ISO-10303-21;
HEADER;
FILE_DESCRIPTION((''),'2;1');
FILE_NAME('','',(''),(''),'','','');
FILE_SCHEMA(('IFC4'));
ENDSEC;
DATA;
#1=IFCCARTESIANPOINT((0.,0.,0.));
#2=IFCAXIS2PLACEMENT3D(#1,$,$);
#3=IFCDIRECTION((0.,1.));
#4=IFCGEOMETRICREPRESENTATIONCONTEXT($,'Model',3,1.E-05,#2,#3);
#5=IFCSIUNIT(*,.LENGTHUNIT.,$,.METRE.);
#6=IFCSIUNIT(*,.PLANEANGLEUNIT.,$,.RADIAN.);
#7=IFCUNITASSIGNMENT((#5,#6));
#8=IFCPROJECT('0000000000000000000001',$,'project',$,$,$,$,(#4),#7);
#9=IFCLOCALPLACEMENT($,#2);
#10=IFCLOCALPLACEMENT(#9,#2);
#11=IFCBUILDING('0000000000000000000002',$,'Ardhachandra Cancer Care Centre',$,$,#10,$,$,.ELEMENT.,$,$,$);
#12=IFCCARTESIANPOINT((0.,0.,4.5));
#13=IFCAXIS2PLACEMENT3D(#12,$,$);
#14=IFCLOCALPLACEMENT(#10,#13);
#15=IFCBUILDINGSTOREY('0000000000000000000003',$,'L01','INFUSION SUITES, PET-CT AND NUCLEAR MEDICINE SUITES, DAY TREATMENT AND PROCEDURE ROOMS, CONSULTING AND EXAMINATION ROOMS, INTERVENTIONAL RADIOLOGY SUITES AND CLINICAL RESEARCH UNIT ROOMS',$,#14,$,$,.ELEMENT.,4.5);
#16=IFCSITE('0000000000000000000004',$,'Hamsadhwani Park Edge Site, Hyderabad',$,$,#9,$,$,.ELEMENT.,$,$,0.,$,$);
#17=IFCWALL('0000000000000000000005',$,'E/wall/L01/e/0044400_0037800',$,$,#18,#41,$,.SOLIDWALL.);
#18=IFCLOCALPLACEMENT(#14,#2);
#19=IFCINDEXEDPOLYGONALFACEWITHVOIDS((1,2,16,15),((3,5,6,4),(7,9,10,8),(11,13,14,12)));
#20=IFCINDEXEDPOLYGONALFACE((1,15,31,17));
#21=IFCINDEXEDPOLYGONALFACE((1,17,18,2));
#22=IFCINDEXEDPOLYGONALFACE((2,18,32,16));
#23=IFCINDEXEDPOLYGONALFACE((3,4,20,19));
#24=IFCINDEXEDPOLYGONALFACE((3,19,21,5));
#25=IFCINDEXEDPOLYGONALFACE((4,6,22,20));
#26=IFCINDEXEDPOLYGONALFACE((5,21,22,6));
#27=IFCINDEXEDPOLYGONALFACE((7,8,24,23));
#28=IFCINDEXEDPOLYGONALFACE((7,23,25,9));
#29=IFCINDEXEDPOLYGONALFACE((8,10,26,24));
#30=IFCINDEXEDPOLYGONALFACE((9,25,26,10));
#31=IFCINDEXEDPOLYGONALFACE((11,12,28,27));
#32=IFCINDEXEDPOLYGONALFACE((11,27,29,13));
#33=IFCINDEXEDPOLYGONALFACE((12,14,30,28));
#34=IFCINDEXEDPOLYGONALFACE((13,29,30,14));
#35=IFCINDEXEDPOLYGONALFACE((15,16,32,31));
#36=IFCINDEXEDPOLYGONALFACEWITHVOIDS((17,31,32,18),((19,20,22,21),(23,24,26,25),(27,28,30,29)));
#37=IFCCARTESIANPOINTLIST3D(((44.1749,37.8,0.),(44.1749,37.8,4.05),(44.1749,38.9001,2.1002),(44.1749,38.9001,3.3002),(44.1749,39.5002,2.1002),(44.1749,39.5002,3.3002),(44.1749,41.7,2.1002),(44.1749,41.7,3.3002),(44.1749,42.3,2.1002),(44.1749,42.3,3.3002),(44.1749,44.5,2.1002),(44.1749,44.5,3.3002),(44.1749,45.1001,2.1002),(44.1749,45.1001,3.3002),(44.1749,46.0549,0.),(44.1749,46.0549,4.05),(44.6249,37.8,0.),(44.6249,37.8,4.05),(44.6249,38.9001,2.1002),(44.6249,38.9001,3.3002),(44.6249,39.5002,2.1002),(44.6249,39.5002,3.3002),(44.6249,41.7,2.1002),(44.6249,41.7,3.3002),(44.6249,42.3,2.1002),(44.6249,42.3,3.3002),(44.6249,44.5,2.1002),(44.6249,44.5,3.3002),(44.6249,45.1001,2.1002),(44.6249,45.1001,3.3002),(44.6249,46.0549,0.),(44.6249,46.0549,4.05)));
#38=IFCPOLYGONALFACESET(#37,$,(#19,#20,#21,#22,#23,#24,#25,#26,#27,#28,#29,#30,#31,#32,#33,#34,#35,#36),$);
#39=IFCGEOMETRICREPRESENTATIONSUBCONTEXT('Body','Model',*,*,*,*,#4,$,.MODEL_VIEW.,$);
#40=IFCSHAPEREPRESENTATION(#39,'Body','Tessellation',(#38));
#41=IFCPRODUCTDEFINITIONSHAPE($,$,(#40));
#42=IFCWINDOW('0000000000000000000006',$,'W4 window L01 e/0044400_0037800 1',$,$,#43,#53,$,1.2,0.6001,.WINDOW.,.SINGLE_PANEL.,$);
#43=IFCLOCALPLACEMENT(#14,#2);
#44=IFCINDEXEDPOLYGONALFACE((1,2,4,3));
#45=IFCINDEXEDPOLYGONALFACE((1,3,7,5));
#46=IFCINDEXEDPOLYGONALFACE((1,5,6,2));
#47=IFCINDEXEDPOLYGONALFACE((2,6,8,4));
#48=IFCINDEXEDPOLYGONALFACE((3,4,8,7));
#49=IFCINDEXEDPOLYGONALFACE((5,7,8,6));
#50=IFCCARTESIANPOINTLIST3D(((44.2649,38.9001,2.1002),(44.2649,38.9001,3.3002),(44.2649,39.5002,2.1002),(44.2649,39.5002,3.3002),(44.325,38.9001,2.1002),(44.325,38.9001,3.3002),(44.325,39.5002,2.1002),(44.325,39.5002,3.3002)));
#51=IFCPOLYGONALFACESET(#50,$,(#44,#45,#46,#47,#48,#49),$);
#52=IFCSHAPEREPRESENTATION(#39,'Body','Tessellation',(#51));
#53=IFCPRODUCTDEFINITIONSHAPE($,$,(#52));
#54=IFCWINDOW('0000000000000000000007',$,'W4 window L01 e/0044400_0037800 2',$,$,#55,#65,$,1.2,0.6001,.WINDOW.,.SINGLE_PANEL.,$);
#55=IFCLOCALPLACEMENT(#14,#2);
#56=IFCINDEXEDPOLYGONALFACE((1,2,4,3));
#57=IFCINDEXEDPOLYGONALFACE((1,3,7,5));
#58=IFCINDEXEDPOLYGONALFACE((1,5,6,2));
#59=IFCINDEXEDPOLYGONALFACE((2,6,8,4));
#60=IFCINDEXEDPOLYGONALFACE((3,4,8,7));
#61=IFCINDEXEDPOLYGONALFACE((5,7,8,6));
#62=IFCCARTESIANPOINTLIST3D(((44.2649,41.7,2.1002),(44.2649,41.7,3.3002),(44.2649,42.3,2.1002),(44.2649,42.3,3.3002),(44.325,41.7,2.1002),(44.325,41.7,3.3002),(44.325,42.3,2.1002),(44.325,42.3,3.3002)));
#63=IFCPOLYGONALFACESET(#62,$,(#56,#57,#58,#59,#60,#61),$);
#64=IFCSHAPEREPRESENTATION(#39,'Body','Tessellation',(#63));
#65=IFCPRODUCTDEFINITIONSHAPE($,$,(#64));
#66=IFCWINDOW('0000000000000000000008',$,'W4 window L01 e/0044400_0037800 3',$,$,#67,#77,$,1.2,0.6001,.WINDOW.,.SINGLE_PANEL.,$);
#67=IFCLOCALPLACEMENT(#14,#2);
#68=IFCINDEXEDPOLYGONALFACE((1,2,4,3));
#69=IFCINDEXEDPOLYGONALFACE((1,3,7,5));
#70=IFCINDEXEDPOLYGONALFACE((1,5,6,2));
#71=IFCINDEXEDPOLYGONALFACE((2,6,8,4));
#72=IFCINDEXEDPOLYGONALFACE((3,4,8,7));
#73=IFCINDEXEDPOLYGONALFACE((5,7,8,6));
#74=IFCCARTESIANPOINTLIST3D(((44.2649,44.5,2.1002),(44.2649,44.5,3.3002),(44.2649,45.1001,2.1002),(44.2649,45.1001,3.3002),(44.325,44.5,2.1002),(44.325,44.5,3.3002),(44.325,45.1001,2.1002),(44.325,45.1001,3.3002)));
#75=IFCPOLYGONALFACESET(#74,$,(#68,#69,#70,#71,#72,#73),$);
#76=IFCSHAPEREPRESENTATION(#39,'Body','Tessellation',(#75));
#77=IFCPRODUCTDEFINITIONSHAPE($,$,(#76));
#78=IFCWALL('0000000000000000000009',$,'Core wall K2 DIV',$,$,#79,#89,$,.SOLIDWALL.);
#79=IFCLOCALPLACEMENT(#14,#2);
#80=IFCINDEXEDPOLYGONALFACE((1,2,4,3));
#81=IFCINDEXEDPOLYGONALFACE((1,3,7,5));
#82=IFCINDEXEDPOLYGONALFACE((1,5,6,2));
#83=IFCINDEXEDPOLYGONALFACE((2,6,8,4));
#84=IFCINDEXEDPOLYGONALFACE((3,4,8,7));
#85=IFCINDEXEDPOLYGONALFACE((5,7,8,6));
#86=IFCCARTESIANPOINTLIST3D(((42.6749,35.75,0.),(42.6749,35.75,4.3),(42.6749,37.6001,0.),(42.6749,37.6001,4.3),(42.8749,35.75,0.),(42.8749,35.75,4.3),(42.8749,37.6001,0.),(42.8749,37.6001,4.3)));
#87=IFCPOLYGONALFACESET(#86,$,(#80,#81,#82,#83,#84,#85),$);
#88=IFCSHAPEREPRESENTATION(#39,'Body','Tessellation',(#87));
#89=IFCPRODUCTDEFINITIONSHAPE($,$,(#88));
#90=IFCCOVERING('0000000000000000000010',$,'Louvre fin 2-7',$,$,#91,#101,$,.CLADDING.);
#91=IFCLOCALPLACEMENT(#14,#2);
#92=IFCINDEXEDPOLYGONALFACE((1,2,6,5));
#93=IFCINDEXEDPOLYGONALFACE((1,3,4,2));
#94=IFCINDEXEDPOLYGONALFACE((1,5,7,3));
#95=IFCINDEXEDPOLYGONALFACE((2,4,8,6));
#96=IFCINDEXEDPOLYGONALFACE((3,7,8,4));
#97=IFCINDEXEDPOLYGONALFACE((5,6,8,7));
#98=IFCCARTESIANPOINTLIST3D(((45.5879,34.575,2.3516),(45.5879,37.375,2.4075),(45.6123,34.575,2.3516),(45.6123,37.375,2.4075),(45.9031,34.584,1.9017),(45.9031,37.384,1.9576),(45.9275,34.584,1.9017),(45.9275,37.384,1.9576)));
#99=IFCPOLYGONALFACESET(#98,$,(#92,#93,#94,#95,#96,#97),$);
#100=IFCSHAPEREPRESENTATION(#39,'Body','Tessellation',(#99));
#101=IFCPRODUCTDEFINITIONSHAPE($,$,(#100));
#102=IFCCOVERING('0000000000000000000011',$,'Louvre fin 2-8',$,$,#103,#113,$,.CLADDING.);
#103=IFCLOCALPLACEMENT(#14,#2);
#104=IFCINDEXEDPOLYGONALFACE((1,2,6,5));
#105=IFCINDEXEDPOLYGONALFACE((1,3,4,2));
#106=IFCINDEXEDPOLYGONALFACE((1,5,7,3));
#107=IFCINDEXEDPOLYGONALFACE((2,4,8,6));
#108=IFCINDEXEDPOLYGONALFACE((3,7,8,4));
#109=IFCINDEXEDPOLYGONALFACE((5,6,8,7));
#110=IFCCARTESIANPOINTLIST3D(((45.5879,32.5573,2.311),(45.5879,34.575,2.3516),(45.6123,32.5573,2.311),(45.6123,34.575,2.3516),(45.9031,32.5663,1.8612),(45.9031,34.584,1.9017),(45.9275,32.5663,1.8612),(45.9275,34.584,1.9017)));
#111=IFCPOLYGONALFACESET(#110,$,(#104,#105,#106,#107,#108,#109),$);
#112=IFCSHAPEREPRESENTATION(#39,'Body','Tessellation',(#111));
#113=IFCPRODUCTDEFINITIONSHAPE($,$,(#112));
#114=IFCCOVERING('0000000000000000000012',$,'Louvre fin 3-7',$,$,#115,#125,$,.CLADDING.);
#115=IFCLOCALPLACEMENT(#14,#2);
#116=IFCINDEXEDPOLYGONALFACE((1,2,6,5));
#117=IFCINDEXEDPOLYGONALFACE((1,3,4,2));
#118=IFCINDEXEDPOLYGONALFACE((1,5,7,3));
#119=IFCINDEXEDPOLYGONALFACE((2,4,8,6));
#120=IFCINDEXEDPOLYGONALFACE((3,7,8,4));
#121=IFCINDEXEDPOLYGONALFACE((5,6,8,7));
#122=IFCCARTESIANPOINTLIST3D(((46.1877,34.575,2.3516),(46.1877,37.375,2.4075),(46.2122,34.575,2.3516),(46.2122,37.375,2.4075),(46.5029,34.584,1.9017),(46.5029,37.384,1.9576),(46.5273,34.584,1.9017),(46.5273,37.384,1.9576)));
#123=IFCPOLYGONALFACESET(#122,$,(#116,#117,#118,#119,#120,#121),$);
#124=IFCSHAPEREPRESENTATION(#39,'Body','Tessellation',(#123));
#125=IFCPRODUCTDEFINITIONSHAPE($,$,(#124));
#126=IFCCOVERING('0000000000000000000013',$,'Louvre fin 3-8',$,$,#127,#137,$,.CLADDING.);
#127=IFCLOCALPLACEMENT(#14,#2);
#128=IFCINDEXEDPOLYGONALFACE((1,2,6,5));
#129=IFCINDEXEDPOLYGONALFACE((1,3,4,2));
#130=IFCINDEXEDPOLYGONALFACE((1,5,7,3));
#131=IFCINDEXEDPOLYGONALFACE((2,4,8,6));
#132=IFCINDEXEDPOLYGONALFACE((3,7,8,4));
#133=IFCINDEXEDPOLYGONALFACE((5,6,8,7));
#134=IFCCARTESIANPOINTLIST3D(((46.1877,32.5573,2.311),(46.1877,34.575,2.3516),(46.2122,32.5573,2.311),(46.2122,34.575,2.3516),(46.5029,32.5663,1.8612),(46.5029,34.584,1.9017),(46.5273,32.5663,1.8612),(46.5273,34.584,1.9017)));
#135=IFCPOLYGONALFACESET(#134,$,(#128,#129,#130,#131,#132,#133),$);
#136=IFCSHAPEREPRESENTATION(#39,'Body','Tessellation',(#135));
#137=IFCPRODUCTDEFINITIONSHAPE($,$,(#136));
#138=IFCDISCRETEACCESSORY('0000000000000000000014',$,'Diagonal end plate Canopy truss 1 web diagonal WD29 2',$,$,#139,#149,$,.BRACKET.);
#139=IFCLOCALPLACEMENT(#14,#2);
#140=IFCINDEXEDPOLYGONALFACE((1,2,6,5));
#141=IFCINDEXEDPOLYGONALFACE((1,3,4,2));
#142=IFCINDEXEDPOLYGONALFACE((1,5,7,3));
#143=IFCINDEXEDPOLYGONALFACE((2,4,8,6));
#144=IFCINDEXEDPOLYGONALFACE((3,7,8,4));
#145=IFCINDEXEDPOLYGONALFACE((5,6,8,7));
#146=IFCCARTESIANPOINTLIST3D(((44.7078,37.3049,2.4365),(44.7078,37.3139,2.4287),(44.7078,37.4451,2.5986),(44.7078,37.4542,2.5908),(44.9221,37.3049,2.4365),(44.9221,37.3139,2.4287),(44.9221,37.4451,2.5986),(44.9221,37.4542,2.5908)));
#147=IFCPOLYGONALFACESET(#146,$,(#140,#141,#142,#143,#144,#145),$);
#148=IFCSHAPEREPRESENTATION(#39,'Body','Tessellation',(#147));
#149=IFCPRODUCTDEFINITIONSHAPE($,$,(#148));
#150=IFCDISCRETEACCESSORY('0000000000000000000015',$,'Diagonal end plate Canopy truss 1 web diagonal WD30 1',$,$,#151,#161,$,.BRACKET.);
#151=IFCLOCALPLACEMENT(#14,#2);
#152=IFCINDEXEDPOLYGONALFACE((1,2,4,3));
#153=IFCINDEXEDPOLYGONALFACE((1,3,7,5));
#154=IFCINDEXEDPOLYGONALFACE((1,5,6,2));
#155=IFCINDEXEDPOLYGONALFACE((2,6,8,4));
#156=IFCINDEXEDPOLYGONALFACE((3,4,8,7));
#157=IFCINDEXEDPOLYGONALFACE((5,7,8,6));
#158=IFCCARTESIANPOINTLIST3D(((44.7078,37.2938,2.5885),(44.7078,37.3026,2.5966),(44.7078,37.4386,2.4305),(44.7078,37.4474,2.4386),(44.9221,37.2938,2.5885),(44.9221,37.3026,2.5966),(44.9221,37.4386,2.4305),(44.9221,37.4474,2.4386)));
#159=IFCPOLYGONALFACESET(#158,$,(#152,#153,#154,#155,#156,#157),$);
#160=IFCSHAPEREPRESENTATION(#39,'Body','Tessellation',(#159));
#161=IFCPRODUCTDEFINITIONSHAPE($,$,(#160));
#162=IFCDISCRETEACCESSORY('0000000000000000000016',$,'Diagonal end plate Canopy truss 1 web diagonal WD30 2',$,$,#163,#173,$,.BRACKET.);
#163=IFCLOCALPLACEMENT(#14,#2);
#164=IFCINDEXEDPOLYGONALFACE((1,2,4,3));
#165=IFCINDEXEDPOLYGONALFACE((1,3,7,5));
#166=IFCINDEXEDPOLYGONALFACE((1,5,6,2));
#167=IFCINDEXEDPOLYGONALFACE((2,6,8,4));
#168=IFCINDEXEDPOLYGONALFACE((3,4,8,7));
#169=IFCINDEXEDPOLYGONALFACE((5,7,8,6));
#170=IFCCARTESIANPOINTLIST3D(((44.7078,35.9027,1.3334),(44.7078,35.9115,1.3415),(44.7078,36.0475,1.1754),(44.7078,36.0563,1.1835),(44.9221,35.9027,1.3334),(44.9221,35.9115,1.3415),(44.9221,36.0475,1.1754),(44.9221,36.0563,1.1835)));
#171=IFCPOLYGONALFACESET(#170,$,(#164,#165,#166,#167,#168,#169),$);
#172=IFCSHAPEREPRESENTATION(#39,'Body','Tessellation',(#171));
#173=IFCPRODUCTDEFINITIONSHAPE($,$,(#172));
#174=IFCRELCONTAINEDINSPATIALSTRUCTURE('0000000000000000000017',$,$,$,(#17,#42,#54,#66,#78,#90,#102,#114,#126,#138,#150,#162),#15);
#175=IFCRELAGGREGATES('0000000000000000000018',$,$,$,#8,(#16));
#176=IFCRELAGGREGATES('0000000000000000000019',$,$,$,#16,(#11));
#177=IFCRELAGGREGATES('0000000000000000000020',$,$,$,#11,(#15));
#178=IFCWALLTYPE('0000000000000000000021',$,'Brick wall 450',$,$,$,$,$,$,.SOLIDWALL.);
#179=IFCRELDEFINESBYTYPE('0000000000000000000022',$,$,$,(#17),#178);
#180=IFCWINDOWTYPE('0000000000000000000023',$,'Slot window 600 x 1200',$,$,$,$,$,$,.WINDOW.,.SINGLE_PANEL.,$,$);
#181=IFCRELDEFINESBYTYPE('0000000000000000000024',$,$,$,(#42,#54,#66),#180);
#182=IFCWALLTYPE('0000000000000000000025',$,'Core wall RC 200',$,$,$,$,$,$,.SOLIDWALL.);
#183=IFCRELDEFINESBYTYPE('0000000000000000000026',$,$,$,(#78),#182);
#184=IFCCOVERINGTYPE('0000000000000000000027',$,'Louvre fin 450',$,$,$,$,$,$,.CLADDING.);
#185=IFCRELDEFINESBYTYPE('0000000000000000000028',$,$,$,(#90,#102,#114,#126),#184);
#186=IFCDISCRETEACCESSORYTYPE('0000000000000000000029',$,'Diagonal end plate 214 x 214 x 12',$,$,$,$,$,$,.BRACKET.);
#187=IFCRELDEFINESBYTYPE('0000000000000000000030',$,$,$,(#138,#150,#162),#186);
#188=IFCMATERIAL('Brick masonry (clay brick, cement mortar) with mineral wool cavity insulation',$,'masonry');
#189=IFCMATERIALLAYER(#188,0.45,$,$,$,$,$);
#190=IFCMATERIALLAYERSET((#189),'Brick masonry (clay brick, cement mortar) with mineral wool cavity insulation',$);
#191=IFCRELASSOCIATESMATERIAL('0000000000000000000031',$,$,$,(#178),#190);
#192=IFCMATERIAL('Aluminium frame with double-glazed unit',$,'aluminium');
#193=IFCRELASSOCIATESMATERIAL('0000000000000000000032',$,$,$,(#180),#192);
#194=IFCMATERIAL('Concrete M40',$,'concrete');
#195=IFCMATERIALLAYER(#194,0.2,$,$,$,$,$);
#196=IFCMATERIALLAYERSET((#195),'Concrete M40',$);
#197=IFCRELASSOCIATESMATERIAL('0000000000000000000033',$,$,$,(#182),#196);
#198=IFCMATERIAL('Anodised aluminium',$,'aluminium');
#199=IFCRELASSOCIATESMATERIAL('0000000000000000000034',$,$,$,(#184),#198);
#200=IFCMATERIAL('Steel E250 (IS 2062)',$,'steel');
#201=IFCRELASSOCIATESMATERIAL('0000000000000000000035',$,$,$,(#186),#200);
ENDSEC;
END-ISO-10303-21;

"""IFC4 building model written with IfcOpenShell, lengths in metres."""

from ifc_helpers import new_model, si_unit, direction, frame, frame_2d, origin, origin_2d, place, context, subcontext, project, spatial, polyline, rectangle, outline, extrude, material, layer, layer_set, material_profile, profile_set, type_object, element, fill, save


model = new_model("IFC4")

# Units and contexts
model_context = context("Model", 3, precision=1e-05, world=origin(), true_north=direction((0.0, 1.0)))
body_context = subcontext(model_context, "Body", "Model", "MODEL_VIEW")
ifc_project = project(units=[si_unit("LENGTHUNIT", "METRE"), si_unit("PLANEANGLEUNIT", "RADIAN")], contexts=[model_context])

# Site, building, storey
site_placement = place(None, origin())
site = spatial("IfcSite", under=ifc_project, at=site_placement, Name="Hamsadhwani Park Edge Site, Hyderabad", CompositionType="ELEMENT", RefElevation=0.0)
building_placement = place(site_placement, origin())
building = spatial("IfcBuilding", under=site, at=building_placement, Name="Ardhachandra Cancer Care Centre", CompositionType="ELEMENT")
storey_placement = place(building_placement, frame((0.0, 0.0, 4.5)))
storey = spatial("IfcBuildingStorey", under=building, at=storey_placement, Name="L01", Description="INFUSION SUITES, PET-CT AND NUCLEAR MEDICINE SUITES, DAY TREATMENT AND PROCEDURE ROOMS, CONSULTING AND EXAMINATION ROOMS, INTERVENTIONAL RADIOLOGY SUITES AND CLINICAL RESEARCH UNIT ROOMS", CompositionType="ELEMENT", Elevation=4.5)

# Wall, openings, windows
ifc_material_1 = material(Name="Brick masonry (clay brick, cement mortar) with mineral wool cavity insulation", Category="masonry")
ifc_layer_1 = layer(ifc_material_1, 0.45)
ifc_layer_set_1 = layer_set([ifc_layer_1], Name="Brick masonry (clay brick, cement mortar) with mineral wool cavity insulation")
wall_type_1 = type_object("IfcWallType", Name="Brick wall 450", PredefinedType="SOLIDWALL", material=ifc_layer_set_1)
wall_1_placement = place(storey_placement, frame((44.3999, 37.8, 0.0), z_axis=(0.0, 0.0, 1.0), x_axis=(0.0, 1.0, 0.0)))
wall_1 = element("IfcWall", 1, at=wall_1_placement, inside=storey, type_object=wall_type_1, Name="E/wall/L01/e/0044400_0037800", PredefinedType="SOLIDWALL", context=body_context, shape_type="SweptSolid", body=[
    extrude(rectangle(XDim=8.2549, YDim=0.45, at=frame_2d((4.1274, 0.0))), origin(), (0.0, 0.0, 1.0), 4.05),
])
opening_1_placement = place(wall_1_placement, frame((1.1001, 0.0, 2.1001)))
opening_1 = element("IfcOpeningElement", 2, at=opening_1_placement, cuts=wall_1, PredefinedType="OPENING", context=body_context, shape_type="SweptSolid", body=[
    extrude(rectangle(XDim=0.6001, YDim=1.2, at=frame_2d((0.3, 0.6001))), frame((0.0, 0.2349, 0.0), z_axis=(0.0, -1.0, 0.0), x_axis=(1.0, 0.0, 0.0)), (0.0, 0.0, 1.0), 0.47),
])
opening_2_placement = place(wall_1_placement, frame((3.8999, 0.0, 2.1001)))
opening_2 = element("IfcOpeningElement", 3, at=opening_2_placement, cuts=wall_1, PredefinedType="OPENING", context=body_context, shape_type="SweptSolid", body=[
    extrude(rectangle(XDim=0.6001, YDim=1.2, at=frame_2d((0.3, 0.6001))), frame((0.0, 0.2349, 0.0), z_axis=(0.0, -1.0, 0.0), x_axis=(1.0, 0.0, 0.0)), (0.0, 0.0, 1.0), 0.47),
])
opening_3_placement = place(wall_1_placement, frame((6.7, 0.0, 2.1001)))
opening_3 = element("IfcOpeningElement", 4, at=opening_3_placement, cuts=wall_1, PredefinedType="OPENING", context=body_context, shape_type="SweptSolid", body=[
    extrude(rectangle(XDim=0.6001, YDim=1.2, at=frame_2d((0.3, 0.6001))), frame((0.0, 0.2349, 0.0), z_axis=(0.0, -1.0, 0.0), x_axis=(1.0, 0.0, 0.0)), (0.0, 0.0, 1.0), 0.47),
])
ifc_material_2 = material(Name="Aluminium frame with double-glazed unit", Category="aluminium")
window_type = type_object("IfcWindowType", Name="Slot window 600 x 1200", PartitioningType="SINGLE_PANEL", PredefinedType="WINDOW", material=ifc_material_2)
window_1_placement = place(opening_1_placement, origin())
window_1 = element("IfcWindow", 5, at=window_1_placement, inside=storey, type_object=window_type, Name="W4 window L01 e/0044400_0037800 1", OverallHeight=1.2, OverallWidth=0.6001, PartitioningType="SINGLE_PANEL", PredefinedType="WINDOW", context=body_context, shape_type="SweptSolid", body=[
    extrude(rectangle(XDim=0.6001, YDim=1.2, at=frame_2d((0.3, 0.6001))), frame((0.0, 0.135, 0.0), z_axis=(0.0, -1.0, 0.0), x_axis=(1.0, 0.0, 0.0)), (0.0, 0.0, 1.0), 0.0601),
])
fill(opening_1, window_1)
window_2_placement = place(opening_2_placement, origin())
window_2 = element("IfcWindow", 6, at=window_2_placement, inside=storey, type_object=window_type, Name="W4 window L01 e/0044400_0037800 2", OverallHeight=1.2, OverallWidth=0.6001, PartitioningType="SINGLE_PANEL", PredefinedType="WINDOW", context=body_context, shape_type="SweptSolid", body=[
    extrude(rectangle(XDim=0.6001, YDim=1.2, at=frame_2d((0.3, 0.6001))), frame((0.0, 0.135, 0.0), z_axis=(0.0, -1.0, 0.0), x_axis=(1.0, 0.0, 0.0)), (0.0, 0.0, 1.0), 0.0601),
])
fill(opening_2, window_2)
window_3_placement = place(opening_3_placement, origin())
window_3 = element("IfcWindow", 7, at=window_3_placement, inside=storey, type_object=window_type, Name="W4 window L01 e/0044400_0037800 3", OverallHeight=1.2, OverallWidth=0.6001, PartitioningType="SINGLE_PANEL", PredefinedType="WINDOW", context=body_context, shape_type="SweptSolid", body=[
    extrude(rectangle(XDim=0.6001, YDim=1.2, at=frame_2d((0.3, 0.6001))), frame((0.0, 0.135, 0.0), z_axis=(0.0, -1.0, 0.0), x_axis=(1.0, 0.0, 0.0)), (0.0, 0.0, 1.0), 0.0601),
])
fill(opening_3, window_3)

# Wall
ifc_material_3 = material(Name="Concrete M40", Category="concrete")
ifc_layer_2 = layer(ifc_material_3, 0.2)
ifc_layer_set_2 = layer_set([ifc_layer_2], Name="Concrete M40")
wall_type_2 = type_object("IfcWallType", Name="Core wall RC 200", PredefinedType="SOLIDWALL", material=ifc_layer_set_2)
wall_2_placement = place(storey_placement, frame((42.7749, 35.75, 0.0), z_axis=(0.0, 0.0, 1.0), x_axis=(0.0, 1.0, 0.0)))
element("IfcWall", 8, at=wall_2_placement, inside=storey, type_object=wall_type_2, Name="Core wall K2 DIV", PredefinedType="SOLIDWALL", context=body_context, shape_type="SweptSolid", body=[
    extrude(rectangle(XDim=1.8501, YDim=0.2, at=frame_2d((0.925, 0.0))), origin(), (0.0, 0.0, 1.0), 4.3),
])

# Coverings
ifc_material_4 = material(Name="Anodised aluminium", Category="aluminium")
ifc_material_profile_1 = material_profile(ifc_material_4, outline(polyline([(-0.0122, 0.0), (0.0122, 0.0), (0.3274, -0.45), (0.303, -0.45), (-0.0122, 0.0)])), Name="Louvre fin 450")
ifc_profile_set_1 = profile_set([ifc_material_profile_1], Name="Anodised aluminium")
covering_type = type_object("IfcCoveringType", Name="Louvre fin 450", PredefinedType="CLADDING", material=ifc_profile_set_1)
covering_1_placement = place(storey_placement, frame((45.6001, 37.375, 2.4075), z_axis=(0.0, -0.999801, -0.019963), x_axis=(1.0, 0.0, 0.0)))
element("IfcCovering", 9, at=covering_1_placement, inside=storey, type_object=covering_type, Name="Louvre fin 2-7", PredefinedType="CLADDING", context=body_context, shape_type="SweptSolid", body=[
    extrude(outline(polyline([(-0.0122, 0.0), (0.0122, 0.0), (0.3274, -0.45), (0.303, -0.45), (-0.0122, 0.0)])), origin(), (0.0, 0.0, 1.0), 2.8005),
])
covering_2_placement = place(storey_placement, frame((45.6001, 34.575, 2.3516), z_axis=(0.0, -0.999798, -0.020083), x_axis=(1.0, 0.0, 0.0)))
element("IfcCovering", 10, at=covering_2_placement, inside=storey, type_object=covering_type, Name="Louvre fin 2-8", PredefinedType="CLADDING", context=body_context, shape_type="SweptSolid", body=[
    extrude(outline(polyline([(-0.0122, 0.0), (0.0122, 0.0), (0.3274, -0.45), (0.303, -0.45), (-0.0122, 0.0)])), origin(), (0.0, 0.0, 1.0), 2.0181),
])
covering_3_placement = place(storey_placement, frame((46.2, 37.375, 2.4075), z_axis=(0.0, -0.999801, -0.019963), x_axis=(1.0, 0.0, 0.0)))
element("IfcCovering", 11, at=covering_3_placement, inside=storey, type_object=covering_type, Name="Louvre fin 3-7", PredefinedType="CLADDING", context=body_context, shape_type="SweptSolid", body=[
    extrude(outline(polyline([(-0.0122, 0.0), (0.0122, 0.0), (0.3274, -0.45), (0.303, -0.45), (-0.0122, 0.0)])), origin(), (0.0, 0.0, 1.0), 2.8005),
])
covering_4_placement = place(storey_placement, frame((46.2, 34.575, 2.3516), z_axis=(0.0, -0.999798, -0.020083), x_axis=(1.0, 0.0, 0.0)))
element("IfcCovering", 12, at=covering_4_placement, inside=storey, type_object=covering_type, Name="Louvre fin 3-8", PredefinedType="CLADDING", context=body_context, shape_type="SweptSolid", body=[
    extrude(outline(polyline([(-0.0122, 0.0), (0.0122, 0.0), (0.3274, -0.45), (0.303, -0.45), (-0.0122, 0.0)])), origin(), (0.0, 0.0, 1.0), 2.0181),
])

# Discrete accessories
ifc_material_5 = material(Name="Steel E250 (IS 2062)", Category="steel")
ifc_material_profile_2 = material_profile(ifc_material_5, rectangle(XDim=0.2144, YDim=0.2144, at=origin_2d()), Name="PL 214x214x12")
ifc_profile_set_2 = profile_set([ifc_material_profile_2], Name="Steel E250 (IS 2062)")
discrete_accessory_type = type_object("IfcDiscreteAccessoryType", Name="Diagonal end plate 214 x 214 x 12", PredefinedType="BRACKET", material=ifc_profile_set_2)
for number, where, z_axis, x_axis, name in (
    (13, (44.8149, 37.375, 2.5176), (0.0, 0.756363, -0.654152), (-1.0, 0.0, 0.0), "Diagonal end plate Canopy truss 1 web diagonal WD29 2"),
    (14, (44.8149, 37.375, 2.5176), (0.0, -0.737154, -0.675725), (1.0, 0.0, 0.0), "Diagonal end plate Canopy truss 1 web diagonal WD30 1"),
    (15, (44.8149, 35.9751, 1.2544), (0.0, 0.737154, 0.675725), (-1.0, 0.0, 0.0), "Diagonal end plate Canopy truss 1 web diagonal WD30 2"),
):
    element("IfcDiscreteAccessory", number, at=place(storey_placement, frame(where, z_axis=z_axis, x_axis=x_axis)), inside=storey, type_object=discrete_accessory_type, Name=name, PredefinedType="BRACKET", context=body_context, shape_type="SweptSolid", body=[
        extrude(rectangle(XDim=0.2144, YDim=0.2144, at=origin_2d()), origin(), (0.0, 0.0, 1.0), 0.012),
    ])

save(model, "model.ifc")
